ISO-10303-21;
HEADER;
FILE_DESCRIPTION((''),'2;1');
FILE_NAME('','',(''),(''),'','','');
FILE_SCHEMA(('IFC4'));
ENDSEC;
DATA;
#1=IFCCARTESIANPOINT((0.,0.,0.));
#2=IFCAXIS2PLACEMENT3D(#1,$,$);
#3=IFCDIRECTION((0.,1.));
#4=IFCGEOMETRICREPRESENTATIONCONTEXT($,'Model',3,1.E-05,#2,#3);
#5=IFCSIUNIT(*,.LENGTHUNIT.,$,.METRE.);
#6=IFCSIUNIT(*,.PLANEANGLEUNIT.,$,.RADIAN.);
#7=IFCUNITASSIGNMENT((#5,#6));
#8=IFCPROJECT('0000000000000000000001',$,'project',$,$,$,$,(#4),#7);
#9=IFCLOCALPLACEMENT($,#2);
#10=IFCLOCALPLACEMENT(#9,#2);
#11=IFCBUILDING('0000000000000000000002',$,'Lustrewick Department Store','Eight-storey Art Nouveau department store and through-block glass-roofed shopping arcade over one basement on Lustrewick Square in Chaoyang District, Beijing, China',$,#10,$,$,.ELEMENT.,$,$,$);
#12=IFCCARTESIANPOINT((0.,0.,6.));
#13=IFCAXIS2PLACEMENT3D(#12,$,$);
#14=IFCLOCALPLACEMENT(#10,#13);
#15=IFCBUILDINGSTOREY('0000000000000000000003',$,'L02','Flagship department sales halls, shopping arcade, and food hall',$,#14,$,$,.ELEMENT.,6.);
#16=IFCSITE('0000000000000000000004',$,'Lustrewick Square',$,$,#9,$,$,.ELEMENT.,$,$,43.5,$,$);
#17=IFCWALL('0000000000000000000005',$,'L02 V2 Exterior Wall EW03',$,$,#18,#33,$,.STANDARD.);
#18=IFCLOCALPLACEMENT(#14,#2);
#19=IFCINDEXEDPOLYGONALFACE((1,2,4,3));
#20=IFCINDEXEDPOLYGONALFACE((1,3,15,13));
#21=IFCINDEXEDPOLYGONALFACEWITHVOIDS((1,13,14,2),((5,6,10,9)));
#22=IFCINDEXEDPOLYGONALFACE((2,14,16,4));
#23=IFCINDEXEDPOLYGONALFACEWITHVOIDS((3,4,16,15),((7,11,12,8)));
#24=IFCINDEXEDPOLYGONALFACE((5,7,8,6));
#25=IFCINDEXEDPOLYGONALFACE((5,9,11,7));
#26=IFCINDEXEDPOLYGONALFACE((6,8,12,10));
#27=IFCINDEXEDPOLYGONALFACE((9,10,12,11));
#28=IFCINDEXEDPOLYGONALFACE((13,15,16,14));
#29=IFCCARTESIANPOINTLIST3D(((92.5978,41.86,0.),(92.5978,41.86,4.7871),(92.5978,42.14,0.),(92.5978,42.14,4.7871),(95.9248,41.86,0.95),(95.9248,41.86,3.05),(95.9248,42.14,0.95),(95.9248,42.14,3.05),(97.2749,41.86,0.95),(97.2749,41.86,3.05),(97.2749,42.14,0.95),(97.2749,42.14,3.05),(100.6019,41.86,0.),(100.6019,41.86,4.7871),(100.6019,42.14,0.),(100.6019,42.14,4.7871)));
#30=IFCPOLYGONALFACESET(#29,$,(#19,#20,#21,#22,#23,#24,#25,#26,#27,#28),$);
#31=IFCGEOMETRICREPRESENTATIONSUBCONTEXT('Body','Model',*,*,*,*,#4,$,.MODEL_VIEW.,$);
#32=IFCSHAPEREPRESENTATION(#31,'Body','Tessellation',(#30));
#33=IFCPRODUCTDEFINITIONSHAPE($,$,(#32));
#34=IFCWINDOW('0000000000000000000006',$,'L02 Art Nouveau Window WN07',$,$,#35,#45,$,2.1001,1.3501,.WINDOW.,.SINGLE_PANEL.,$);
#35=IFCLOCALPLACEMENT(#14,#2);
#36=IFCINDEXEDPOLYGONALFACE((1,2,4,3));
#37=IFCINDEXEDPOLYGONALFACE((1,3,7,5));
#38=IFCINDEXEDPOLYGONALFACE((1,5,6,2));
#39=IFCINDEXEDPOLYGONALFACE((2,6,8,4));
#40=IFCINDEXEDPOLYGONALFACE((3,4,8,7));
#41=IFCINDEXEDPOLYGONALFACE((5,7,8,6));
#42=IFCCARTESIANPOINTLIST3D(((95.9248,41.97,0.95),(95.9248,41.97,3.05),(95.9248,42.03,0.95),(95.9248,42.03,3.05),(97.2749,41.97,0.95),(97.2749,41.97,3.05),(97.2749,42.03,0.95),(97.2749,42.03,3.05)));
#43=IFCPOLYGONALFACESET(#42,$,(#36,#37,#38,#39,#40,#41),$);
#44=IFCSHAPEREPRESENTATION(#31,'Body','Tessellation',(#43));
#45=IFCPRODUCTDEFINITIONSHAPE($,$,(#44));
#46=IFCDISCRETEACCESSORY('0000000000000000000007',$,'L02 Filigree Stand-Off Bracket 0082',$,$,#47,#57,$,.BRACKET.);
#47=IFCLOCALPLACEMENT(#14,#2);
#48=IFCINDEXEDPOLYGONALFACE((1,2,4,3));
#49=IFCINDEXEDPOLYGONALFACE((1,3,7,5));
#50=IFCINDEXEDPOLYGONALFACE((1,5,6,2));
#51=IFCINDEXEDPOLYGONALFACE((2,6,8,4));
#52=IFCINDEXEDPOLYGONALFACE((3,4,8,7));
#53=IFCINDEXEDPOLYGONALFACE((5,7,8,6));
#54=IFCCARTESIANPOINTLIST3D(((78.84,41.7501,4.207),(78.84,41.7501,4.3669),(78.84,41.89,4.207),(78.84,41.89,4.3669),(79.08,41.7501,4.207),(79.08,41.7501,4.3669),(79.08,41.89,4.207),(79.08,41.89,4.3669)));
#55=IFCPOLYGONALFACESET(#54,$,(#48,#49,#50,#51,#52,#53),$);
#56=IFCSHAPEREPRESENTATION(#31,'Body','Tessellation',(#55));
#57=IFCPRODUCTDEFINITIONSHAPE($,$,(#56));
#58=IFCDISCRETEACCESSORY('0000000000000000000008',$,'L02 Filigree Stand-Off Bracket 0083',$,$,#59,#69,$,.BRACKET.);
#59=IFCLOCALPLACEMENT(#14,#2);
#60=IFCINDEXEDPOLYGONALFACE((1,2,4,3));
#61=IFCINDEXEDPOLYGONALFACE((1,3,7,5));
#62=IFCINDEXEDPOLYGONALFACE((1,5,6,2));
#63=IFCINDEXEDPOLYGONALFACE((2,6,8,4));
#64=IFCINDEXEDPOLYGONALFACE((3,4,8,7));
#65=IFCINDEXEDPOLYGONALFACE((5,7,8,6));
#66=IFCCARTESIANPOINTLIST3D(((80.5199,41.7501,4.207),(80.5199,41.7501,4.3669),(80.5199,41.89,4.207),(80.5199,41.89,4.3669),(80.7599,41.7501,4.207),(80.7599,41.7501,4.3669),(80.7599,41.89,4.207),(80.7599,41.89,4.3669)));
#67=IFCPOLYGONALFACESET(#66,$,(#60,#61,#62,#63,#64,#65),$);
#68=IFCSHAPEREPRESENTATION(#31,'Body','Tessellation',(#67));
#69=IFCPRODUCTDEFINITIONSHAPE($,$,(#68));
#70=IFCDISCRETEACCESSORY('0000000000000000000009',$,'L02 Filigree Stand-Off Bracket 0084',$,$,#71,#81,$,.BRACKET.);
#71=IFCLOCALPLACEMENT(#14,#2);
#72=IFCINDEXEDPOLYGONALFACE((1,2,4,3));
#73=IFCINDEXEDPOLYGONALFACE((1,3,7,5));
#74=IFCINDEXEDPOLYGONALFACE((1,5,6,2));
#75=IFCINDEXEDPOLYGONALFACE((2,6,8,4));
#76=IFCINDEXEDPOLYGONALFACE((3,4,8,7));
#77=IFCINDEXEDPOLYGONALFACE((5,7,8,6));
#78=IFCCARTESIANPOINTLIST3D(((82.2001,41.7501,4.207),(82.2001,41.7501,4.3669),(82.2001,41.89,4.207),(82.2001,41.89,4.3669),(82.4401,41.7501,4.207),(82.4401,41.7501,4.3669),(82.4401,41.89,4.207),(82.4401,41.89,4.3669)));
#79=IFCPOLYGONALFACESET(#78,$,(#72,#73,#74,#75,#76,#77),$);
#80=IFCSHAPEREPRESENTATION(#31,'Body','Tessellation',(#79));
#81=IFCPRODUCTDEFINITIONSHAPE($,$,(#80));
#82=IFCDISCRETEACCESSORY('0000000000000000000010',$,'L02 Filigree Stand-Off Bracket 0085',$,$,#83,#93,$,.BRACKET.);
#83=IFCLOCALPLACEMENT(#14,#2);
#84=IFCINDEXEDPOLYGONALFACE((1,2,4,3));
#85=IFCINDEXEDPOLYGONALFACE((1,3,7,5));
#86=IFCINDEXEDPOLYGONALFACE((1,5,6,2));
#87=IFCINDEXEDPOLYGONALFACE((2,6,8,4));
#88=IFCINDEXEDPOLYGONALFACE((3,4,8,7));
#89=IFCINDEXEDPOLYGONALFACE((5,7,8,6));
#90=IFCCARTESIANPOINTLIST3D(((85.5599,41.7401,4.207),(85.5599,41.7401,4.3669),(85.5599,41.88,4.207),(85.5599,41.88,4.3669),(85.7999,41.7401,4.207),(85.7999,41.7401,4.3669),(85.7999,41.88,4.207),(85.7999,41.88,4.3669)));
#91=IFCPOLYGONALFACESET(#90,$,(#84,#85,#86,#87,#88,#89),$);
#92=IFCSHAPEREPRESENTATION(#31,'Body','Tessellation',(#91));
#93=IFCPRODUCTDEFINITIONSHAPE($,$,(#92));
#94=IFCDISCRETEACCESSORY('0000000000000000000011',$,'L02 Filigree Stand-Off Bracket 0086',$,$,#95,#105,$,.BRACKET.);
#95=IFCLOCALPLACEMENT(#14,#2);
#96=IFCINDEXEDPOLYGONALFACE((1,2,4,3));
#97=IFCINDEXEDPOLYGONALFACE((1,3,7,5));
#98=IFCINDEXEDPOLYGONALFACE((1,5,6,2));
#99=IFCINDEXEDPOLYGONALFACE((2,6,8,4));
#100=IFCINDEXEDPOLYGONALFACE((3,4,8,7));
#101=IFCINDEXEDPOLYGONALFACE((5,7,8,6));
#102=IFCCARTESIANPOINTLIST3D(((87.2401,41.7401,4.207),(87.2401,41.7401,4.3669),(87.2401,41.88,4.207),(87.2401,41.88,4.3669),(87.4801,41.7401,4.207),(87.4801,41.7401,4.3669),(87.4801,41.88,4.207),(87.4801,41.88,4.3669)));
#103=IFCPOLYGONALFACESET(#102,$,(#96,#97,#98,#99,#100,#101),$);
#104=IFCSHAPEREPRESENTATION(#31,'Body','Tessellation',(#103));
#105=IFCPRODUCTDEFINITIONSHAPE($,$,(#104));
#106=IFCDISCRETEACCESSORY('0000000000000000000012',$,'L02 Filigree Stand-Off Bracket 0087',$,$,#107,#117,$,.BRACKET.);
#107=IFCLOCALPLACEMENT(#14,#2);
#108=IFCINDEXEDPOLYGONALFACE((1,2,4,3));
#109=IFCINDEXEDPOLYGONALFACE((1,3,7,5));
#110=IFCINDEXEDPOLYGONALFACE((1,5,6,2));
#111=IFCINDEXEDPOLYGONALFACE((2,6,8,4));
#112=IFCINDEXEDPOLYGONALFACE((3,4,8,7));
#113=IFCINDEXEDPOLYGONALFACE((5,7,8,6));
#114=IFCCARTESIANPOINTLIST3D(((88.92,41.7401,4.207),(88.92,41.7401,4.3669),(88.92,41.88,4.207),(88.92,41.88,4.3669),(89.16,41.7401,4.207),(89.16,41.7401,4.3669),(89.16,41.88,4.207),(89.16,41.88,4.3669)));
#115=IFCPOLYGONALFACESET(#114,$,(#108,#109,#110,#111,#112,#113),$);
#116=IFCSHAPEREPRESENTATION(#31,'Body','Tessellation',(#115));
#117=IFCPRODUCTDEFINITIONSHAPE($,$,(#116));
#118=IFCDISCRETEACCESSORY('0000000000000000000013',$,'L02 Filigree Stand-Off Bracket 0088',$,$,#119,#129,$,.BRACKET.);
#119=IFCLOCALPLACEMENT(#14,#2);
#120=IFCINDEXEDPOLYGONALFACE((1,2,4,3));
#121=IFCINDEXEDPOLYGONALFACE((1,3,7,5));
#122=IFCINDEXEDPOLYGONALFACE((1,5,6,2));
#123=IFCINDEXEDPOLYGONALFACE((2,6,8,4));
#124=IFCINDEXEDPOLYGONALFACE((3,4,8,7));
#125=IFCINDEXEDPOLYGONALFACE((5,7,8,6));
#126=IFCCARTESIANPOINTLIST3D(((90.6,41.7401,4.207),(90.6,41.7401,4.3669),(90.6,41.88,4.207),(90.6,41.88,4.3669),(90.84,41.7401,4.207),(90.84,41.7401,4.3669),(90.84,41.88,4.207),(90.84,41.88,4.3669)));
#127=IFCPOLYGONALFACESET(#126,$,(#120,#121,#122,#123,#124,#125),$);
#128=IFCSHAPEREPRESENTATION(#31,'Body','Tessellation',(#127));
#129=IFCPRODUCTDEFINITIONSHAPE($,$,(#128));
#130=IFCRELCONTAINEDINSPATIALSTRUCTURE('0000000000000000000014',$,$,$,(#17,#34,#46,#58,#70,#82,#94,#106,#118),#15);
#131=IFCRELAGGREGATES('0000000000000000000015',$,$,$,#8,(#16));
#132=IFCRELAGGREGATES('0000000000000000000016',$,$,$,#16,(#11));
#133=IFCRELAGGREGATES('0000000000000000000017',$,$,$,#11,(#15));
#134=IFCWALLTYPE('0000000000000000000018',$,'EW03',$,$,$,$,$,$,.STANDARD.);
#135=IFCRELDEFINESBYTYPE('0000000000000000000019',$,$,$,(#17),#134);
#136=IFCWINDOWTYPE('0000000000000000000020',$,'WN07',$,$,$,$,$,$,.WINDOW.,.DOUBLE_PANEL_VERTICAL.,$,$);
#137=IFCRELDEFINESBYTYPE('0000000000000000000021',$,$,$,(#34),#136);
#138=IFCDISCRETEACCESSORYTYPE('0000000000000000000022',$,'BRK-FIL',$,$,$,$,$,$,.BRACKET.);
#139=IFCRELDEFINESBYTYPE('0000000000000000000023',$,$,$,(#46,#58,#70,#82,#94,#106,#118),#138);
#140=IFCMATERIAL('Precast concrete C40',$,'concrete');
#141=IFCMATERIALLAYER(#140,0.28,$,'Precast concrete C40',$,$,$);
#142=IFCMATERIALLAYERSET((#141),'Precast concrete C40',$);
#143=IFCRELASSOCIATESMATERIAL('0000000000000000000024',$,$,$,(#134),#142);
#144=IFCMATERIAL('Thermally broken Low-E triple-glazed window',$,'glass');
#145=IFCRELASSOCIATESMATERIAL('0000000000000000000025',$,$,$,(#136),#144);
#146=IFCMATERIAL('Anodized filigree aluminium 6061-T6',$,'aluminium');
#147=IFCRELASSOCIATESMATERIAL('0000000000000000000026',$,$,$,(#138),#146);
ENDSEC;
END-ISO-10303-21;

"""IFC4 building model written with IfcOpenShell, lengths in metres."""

from ifc_helpers import new_model, si_unit, direction, frame, frame_2d, origin, origin_2d, place, context, subcontext, project, spatial, rectangle, extrude, material, layer, layer_set, type_object, element, fill, save


model = new_model("IFC4")

# Units and contexts
model_context = context("Model", 3, precision=1e-05, world=origin(), true_north=direction((0.0, 1.0)))
body_context = subcontext(model_context, "Body", "Model", "MODEL_VIEW")
ifc_project = project(units=[si_unit("LENGTHUNIT", "METRE"), si_unit("PLANEANGLEUNIT", "RADIAN")], contexts=[model_context])

# Site, building, storey
site_placement = place(None, origin())
site = spatial("IfcSite", under=ifc_project, at=site_placement, Name="Lustrewick Square", CompositionType="ELEMENT", RefElevation=43.5)
building_placement = place(site_placement, origin())
building = spatial("IfcBuilding", under=site, at=building_placement, Name="Lustrewick Department Store", Description="Eight-storey Art Nouveau department store and through-block glass-roofed shopping arcade over one basement on Lustrewick Square in Chaoyang District, Beijing, China", CompositionType="ELEMENT")
storey_placement = place(building_placement, frame((0.0, 0.0, 6.0)))
storey = spatial("IfcBuildingStorey", under=building, at=storey_placement, Name="L02", Description="Flagship department sales halls, shopping arcade, and food hall", CompositionType="ELEMENT", Elevation=6.0)

# Wall, opening, window
ifc_material_1 = material(Name="Precast concrete C40", Category="concrete")
ifc_material_2 = material(Name="Thermally broken Low-E triple-glazed window", Category="glass")
ifc_layer_1 = layer(ifc_material_1, 0.28, Name="Precast concrete C40")
ifc_layer_set_1 = layer_set([ifc_layer_1], Name="Precast concrete C40")
wall_type_1 = type_object("IfcWallType", Name="EW03", PredefinedType="STANDARD", material=ifc_layer_set_1)
wall_1_placement = place(storey_placement, frame((92.5979, 42.0, 0.0), z_axis=(0.0, 0.0, 1.0), x_axis=(1.0, 0.0, 0.0)))
wall_1 = element("IfcWall", 1, at=wall_1_placement, inside=storey, type_object=wall_type_1, Name="L02 V2 Exterior Wall EW03", PredefinedType="STANDARD", context=body_context, shape_type="SweptSolid", body=[
    extrude(rectangle(XDim=8.0042, YDim=0.28, at=frame_2d((4.002, 0.0))), origin(), (0.0, 0.0, 1.0), 4.7871),
])
opening_1_placement = place(wall_1_placement, frame((3.3269, 0.0, 0.95)))
opening_1 = element("IfcOpeningElement", 2, at=opening_1_placement, cuts=wall_1, PredefinedType="OPENING", context=body_context, shape_type="SweptSolid", body=[
    extrude(rectangle(XDim=1.3501, YDim=2.1001, at=frame_2d((0.675, 1.05))), frame((0.0, 0.1499, 0.0), z_axis=(0.0, -1.0, 0.0), x_axis=(1.0, 0.0, 0.0)), (0.0, 0.0, 1.0), 0.3),
])
window_type_1 = type_object("IfcWindowType", Name="WN07", PartitioningType="DOUBLE_PANEL_VERTICAL", PredefinedType="WINDOW", material=ifc_material_2)
window_1_placement = place(opening_1_placement, origin())
window_1 = element("IfcWindow", 3, at=window_1_placement, inside=storey, type_object=window_type_1, Name="L02 Art Nouveau Window WN07", OverallHeight=2.1001, OverallWidth=1.3501, PartitioningType="SINGLE_PANEL", PredefinedType="WINDOW", context=body_context, shape_type="SweptSolid", body=[
    extrude(rectangle(XDim=1.3501, YDim=2.1001, at=frame_2d((0.675, 1.05))), frame((0.0, 0.03, 0.0), z_axis=(0.0, -1.0, 0.0), x_axis=(1.0, 0.0, 0.0)), (0.0, 0.0, 1.0), 0.0601),
])
fill(opening_1, window_1)

# Discrete accessories
ifc_material_3 = material(Name="Anodized filigree aluminium 6061-T6", Category="aluminium")
discrete_accessory_type = type_object("IfcDiscreteAccessoryType", Name="BRK-FIL", PredefinedType="BRACKET", material=ifc_material_3)
for number, where, z_axis, x_axis, name in (
    (4, (78.96, 41.8201, 4.207), (0.0, 0.0, 1.0), (1.0, 0.0, 0.0), "L02 Filigree Stand-Off Bracket 0082"),
    (5, (80.6399, 41.8201, 4.207), (0.0, 0.0, 1.0), (1.0, 0.0, 0.0), "L02 Filigree Stand-Off Bracket 0083"),
    (6, (82.3201, 41.8201, 4.207), (0.0, 0.0, 1.0), (1.0, 0.0, 0.0), "L02 Filigree Stand-Off Bracket 0084"),
    (7, (85.6799, 41.8101, 4.207), (0.0, 0.0, 1.0), (1.0, 0.0, 0.0), "L02 Filigree Stand-Off Bracket 0085"),
    (8, (87.3601, 41.8101, 4.207), (0.0, 0.0, 1.0), (1.0, 0.0, 0.0), "L02 Filigree Stand-Off Bracket 0086"),
    (9, (89.04, 41.8101, 4.207), (0.0, 0.0, 1.0), (1.0, 0.0, 0.0), "L02 Filigree Stand-Off Bracket 0087"),
    (10, (90.72, 41.8101, 4.207), (0.0, 0.0, 1.0), (1.0, 0.0, 0.0), "L02 Filigree Stand-Off Bracket 0088"),
):
    element("IfcDiscreteAccessory", number, at=place(storey_placement, frame(where, z_axis=z_axis, x_axis=x_axis)), inside=storey, type_object=discrete_accessory_type, Name=name, PredefinedType="BRACKET", context=body_context, shape_type="SweptSolid", body=[
        extrude(rectangle(XDim=0.24, YDim=0.1399, at=origin_2d()), origin(), (0.0, 0.0, 1.0), 0.1599),
    ])

save(model, "model.ifc")
